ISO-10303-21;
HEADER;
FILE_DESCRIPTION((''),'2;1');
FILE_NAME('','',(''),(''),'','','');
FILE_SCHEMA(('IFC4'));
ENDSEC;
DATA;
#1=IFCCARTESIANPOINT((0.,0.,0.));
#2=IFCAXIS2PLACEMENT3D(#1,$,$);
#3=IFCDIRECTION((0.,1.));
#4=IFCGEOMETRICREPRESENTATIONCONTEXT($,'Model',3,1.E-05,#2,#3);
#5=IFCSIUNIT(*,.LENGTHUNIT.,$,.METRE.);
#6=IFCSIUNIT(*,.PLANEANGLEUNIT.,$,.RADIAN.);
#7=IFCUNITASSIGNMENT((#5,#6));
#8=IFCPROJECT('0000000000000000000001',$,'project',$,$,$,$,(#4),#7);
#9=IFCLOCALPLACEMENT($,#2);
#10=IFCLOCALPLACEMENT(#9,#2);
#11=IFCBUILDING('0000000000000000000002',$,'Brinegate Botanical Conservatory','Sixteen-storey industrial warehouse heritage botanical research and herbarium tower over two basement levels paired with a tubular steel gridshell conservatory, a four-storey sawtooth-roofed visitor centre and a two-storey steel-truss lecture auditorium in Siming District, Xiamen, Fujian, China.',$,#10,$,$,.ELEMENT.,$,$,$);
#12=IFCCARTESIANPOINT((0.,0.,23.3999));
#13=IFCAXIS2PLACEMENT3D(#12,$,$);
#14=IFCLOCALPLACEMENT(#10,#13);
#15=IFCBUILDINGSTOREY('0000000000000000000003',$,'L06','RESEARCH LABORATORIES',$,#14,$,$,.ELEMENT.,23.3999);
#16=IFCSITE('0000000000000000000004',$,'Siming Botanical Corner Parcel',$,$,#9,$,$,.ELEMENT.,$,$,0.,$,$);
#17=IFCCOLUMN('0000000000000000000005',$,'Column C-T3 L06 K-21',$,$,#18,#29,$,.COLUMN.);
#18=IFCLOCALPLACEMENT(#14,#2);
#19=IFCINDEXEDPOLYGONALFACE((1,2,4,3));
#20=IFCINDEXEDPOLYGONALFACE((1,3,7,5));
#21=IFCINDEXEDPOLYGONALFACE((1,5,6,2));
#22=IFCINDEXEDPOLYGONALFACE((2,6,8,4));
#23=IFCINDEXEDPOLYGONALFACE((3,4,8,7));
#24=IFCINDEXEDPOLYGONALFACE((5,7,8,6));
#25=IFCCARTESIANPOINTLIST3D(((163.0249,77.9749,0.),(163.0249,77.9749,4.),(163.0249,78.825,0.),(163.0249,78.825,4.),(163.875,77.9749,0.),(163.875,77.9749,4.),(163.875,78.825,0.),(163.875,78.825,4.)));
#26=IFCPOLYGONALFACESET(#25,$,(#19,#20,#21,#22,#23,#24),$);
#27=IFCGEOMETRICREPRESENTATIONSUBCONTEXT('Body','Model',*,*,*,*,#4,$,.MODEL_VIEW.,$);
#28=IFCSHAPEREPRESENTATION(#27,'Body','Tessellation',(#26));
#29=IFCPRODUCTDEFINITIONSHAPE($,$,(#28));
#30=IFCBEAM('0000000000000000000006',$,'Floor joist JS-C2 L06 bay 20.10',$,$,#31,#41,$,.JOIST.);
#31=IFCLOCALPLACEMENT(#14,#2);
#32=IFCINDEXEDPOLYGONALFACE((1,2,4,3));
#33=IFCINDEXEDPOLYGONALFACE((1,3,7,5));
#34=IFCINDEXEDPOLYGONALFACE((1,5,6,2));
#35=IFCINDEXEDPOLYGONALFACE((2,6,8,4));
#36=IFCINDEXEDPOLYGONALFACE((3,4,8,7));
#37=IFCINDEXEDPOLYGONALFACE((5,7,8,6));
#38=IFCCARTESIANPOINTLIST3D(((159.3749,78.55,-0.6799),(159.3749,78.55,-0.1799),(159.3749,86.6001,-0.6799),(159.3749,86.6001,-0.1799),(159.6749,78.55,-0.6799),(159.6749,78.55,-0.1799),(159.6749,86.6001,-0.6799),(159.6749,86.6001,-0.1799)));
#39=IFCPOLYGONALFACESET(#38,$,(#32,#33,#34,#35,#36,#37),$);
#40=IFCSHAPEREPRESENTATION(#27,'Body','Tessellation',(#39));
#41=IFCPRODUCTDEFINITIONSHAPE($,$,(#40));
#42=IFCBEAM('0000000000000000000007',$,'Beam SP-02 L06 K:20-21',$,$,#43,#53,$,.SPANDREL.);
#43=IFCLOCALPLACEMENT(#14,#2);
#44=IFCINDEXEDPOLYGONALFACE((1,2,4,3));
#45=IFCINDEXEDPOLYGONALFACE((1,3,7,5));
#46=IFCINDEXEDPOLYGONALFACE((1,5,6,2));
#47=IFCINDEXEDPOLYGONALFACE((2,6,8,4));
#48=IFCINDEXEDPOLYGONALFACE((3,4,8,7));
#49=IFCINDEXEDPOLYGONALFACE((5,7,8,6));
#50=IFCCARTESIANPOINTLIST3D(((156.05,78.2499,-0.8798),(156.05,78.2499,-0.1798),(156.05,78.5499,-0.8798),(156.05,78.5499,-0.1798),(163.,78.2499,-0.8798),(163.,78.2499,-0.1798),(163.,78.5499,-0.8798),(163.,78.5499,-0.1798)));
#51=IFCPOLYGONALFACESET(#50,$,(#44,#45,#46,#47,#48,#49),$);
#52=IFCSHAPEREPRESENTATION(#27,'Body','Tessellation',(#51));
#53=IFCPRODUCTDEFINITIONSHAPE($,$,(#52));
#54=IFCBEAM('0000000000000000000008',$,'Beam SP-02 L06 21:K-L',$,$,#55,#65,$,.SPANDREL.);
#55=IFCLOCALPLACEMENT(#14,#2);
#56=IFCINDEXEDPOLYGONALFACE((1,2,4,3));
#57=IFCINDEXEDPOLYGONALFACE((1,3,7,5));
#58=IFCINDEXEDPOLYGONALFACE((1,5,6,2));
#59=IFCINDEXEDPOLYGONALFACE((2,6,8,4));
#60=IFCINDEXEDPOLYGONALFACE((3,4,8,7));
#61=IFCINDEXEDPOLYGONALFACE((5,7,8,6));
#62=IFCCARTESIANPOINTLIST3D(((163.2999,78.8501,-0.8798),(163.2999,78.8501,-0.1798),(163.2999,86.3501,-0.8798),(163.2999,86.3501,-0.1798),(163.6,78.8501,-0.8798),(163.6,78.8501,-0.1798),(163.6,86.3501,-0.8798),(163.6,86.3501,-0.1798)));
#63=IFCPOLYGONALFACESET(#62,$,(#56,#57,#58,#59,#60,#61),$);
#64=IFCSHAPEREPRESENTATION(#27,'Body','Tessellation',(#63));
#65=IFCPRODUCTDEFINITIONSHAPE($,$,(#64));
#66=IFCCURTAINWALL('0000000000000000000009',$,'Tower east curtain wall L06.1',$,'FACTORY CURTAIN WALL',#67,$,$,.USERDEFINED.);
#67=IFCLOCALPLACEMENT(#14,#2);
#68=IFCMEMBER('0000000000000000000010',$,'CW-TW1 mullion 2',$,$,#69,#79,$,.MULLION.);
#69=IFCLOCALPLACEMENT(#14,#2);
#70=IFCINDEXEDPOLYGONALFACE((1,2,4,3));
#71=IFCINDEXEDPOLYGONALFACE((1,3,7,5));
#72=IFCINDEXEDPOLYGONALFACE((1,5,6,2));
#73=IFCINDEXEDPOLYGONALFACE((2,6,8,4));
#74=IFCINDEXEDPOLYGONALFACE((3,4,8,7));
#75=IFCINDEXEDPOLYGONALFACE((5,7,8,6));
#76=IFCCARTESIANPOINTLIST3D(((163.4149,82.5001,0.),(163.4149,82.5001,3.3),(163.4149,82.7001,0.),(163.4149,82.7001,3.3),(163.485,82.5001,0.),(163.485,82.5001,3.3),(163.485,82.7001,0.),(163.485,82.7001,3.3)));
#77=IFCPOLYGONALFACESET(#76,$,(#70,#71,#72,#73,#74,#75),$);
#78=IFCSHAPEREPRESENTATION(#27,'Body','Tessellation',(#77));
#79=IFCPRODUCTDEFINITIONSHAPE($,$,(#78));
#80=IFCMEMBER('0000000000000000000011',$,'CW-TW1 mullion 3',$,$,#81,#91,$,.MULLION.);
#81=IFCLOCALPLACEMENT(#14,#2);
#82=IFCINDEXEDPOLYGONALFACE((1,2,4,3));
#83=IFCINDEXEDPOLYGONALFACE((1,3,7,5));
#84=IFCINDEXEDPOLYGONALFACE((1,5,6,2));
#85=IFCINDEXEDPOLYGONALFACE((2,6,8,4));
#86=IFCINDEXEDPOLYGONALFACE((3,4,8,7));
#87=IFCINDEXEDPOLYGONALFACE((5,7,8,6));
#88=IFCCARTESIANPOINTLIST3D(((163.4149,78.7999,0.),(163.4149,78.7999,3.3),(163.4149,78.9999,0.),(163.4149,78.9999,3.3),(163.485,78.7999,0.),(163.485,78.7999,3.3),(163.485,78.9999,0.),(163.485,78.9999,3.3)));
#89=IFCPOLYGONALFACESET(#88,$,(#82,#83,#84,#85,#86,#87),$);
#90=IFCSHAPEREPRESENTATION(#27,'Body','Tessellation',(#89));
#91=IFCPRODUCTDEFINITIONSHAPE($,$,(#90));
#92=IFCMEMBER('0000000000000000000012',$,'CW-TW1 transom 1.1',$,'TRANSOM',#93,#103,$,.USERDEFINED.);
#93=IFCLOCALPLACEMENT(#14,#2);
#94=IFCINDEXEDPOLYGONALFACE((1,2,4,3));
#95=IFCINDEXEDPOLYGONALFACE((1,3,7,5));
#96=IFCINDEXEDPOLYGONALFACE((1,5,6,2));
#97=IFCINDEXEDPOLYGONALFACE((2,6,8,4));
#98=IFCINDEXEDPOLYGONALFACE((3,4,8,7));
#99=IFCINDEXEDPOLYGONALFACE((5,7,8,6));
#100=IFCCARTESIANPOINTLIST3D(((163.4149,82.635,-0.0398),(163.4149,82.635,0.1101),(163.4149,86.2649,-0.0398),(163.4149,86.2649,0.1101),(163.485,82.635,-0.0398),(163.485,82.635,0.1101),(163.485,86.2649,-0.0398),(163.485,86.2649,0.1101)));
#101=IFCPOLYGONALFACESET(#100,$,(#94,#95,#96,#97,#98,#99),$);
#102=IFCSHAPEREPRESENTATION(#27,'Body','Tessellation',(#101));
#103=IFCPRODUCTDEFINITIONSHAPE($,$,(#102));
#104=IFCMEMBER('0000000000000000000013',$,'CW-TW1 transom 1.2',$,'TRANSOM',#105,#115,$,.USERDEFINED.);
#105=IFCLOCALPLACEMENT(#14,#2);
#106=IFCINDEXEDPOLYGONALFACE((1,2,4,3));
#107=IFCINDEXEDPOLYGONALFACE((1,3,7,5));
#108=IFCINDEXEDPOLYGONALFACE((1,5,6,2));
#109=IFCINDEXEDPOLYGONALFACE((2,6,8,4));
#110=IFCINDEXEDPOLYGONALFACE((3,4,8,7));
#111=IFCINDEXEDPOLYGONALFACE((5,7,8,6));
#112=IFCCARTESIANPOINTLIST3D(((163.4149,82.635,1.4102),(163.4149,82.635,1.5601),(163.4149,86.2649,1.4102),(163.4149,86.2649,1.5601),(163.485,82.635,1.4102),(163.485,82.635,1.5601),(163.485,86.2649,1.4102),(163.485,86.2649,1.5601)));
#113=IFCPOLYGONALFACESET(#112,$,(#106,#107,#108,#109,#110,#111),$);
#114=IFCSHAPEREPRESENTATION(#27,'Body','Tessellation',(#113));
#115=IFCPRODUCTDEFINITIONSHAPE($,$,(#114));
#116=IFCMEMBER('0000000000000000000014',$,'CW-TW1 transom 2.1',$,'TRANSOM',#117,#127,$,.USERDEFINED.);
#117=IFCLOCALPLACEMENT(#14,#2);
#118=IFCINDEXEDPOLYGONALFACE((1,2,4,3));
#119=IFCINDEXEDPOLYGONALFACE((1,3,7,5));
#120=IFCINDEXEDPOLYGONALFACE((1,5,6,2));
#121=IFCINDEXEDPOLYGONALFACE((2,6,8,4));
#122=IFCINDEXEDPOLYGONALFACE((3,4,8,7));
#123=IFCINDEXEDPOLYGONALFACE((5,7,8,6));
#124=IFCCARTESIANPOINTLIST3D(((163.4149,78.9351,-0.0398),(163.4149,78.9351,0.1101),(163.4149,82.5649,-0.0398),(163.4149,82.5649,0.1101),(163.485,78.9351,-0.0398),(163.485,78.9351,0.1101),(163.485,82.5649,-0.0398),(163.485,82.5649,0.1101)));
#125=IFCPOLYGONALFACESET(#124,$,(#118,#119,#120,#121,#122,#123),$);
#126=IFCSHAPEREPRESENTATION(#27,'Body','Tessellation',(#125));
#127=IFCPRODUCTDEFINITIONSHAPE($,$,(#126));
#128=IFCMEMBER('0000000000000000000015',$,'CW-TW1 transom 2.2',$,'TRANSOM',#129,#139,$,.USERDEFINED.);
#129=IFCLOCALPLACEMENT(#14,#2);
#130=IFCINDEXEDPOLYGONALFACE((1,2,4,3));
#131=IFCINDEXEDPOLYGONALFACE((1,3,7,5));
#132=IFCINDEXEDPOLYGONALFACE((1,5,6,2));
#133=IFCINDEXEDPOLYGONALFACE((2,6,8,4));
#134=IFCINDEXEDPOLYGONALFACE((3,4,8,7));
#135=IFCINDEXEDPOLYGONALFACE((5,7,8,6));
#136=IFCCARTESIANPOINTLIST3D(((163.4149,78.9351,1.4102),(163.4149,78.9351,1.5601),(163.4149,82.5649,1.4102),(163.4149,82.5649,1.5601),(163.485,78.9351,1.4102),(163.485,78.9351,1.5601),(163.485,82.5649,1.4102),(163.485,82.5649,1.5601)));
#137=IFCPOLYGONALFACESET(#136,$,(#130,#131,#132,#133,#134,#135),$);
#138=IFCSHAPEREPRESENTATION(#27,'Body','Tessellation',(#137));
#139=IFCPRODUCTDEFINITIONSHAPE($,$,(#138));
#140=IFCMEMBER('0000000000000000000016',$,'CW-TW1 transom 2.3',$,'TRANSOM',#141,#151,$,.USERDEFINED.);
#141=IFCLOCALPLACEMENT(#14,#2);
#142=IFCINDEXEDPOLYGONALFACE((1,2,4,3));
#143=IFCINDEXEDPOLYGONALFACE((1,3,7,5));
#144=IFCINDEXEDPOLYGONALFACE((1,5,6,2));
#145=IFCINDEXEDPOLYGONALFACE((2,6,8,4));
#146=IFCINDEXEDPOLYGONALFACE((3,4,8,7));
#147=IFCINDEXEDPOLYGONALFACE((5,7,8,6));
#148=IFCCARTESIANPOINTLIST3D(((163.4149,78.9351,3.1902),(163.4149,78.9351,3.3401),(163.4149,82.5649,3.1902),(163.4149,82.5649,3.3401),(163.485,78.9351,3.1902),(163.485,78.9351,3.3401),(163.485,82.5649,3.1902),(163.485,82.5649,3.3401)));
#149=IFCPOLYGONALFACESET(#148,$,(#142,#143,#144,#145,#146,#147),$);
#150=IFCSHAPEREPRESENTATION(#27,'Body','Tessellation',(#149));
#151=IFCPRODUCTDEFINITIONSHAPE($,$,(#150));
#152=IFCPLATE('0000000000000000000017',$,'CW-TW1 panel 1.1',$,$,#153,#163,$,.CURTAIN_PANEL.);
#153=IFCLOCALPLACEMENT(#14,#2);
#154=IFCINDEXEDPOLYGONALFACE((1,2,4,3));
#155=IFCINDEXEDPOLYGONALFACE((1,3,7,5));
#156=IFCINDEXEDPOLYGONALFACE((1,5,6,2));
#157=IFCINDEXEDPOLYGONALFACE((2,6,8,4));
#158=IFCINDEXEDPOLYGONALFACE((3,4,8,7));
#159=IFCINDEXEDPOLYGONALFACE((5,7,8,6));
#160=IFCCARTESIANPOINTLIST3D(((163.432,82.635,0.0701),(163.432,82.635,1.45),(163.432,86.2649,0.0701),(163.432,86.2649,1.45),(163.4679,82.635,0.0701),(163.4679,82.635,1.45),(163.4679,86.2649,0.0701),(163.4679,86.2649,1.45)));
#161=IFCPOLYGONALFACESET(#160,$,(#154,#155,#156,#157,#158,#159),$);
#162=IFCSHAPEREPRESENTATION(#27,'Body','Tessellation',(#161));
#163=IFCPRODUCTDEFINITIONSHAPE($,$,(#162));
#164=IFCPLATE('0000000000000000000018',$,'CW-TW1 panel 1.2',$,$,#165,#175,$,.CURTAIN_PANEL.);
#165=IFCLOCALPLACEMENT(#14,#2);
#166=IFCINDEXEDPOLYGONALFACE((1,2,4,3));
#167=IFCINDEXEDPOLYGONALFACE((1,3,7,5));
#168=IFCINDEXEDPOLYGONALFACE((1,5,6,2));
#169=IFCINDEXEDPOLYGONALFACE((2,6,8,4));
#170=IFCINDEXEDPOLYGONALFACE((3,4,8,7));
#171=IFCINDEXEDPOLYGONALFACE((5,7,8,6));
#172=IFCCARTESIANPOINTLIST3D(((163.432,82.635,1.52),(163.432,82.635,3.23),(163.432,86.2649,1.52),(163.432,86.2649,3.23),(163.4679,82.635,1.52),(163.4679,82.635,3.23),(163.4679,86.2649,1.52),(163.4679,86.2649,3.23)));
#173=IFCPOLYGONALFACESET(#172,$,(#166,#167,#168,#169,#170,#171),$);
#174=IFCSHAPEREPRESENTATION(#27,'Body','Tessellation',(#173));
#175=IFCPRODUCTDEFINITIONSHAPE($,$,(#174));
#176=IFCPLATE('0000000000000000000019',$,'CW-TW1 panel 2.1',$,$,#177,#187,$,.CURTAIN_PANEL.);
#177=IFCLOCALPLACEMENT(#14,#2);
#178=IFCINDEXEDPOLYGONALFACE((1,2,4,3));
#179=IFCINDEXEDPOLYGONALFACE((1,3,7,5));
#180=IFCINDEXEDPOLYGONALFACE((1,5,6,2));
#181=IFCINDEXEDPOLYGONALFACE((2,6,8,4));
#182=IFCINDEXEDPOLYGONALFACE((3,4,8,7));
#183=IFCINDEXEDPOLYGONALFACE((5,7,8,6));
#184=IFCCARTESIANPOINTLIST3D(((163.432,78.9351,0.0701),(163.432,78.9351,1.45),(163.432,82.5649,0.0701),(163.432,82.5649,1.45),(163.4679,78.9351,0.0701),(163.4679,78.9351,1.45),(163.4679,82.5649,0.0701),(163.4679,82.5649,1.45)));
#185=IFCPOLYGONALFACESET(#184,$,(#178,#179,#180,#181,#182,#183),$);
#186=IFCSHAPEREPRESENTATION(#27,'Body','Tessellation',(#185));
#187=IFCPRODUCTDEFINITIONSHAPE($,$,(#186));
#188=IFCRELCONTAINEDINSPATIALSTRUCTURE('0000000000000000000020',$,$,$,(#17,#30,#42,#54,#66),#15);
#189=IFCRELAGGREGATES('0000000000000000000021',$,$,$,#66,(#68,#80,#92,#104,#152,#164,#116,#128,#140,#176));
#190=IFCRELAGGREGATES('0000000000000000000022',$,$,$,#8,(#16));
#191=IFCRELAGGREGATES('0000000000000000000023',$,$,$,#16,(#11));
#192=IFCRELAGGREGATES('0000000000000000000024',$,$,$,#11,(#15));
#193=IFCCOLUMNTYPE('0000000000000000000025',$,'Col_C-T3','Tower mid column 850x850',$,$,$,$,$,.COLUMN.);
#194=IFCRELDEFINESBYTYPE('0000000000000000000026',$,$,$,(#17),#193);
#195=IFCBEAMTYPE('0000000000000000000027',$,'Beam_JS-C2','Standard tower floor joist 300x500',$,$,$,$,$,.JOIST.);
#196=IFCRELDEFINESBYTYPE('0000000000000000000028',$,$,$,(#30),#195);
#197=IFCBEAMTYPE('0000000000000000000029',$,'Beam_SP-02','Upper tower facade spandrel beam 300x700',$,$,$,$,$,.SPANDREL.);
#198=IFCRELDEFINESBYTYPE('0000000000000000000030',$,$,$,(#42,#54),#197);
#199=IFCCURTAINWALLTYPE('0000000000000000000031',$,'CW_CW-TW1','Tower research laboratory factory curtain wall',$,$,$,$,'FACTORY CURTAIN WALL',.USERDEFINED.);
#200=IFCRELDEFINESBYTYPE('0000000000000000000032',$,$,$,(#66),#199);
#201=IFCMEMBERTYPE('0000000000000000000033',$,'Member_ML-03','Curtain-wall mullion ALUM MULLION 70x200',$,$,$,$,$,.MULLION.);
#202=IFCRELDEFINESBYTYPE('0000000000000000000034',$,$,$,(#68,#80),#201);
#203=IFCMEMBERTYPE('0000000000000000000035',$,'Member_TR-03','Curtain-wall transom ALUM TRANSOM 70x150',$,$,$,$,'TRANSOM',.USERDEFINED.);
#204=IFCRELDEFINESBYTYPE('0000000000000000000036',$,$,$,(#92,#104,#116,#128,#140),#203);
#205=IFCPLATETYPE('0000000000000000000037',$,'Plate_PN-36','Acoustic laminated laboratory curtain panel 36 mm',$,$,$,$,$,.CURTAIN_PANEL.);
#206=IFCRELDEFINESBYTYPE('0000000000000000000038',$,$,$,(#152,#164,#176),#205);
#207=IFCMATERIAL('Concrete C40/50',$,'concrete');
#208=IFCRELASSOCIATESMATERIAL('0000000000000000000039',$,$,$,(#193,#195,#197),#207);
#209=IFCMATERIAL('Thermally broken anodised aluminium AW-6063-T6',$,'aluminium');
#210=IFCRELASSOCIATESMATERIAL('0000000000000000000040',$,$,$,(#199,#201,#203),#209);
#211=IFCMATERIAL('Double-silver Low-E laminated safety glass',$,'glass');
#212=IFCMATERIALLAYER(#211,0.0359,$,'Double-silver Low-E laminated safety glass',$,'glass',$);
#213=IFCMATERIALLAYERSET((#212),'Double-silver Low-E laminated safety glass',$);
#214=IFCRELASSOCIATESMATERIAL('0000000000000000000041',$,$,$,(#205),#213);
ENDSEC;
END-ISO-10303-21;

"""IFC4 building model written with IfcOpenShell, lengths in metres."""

from ifc_helpers import new_model, si_unit, direction, frame, origin, origin_2d, place, context, subcontext, project, spatial, rectangle, extrude, material, layer, layer_set, material_profile, profile_set, type_object, element, aggregate, save


model = new_model("IFC4")

# Units and contexts
model_context = context("Model", 3, precision=1e-05, world=origin(), true_north=direction((0.0, 1.0)))
body_context = subcontext(model_context, "Body", "Model", "MODEL_VIEW")
ifc_project = project(units=[si_unit("LENGTHUNIT", "METRE"), si_unit("PLANEANGLEUNIT", "RADIAN")], contexts=[model_context])

# Site, building, storey
site_placement = place(None, origin())
site = spatial("IfcSite", under=ifc_project, at=site_placement, Name="Siming Botanical Corner Parcel", CompositionType="ELEMENT", RefElevation=0.0)
building_placement = place(site_placement, origin())
building = spatial("IfcBuilding", under=site, at=building_placement, Name="Brinegate Botanical Conservatory", Description="Sixteen-storey industrial warehouse heritage botanical research and herbarium tower over two basement levels paired with a tubular steel gridshell conservatory, a four-storey sawtooth-roofed visitor centre and a two-storey steel-truss lecture auditorium in Siming District, Xiamen, Fujian, China.", CompositionType="ELEMENT")
storey_placement = place(building_placement, frame((0.0, 0.0, 23.3999)))
storey = spatial("IfcBuildingStorey", under=building, at=storey_placement, Name="L06", Description="RESEARCH LABORATORIES", CompositionType="ELEMENT", Elevation=23.3999)

# Column
ifc_material_1 = material(Name="Concrete C40/50", Category="concrete")
ifc_material_profile_1 = material_profile(ifc_material_1, rectangle(XDim=0.8501, YDim=0.8501, at=origin_2d()), Name="RC COL 850x850")
ifc_profile_set_1 = profile_set([ifc_material_profile_1], Name="Concrete C40/50")
column_type = type_object("IfcColumnType", Name="Col_C-T3", Description="Tower mid column 850x850", PredefinedType="COLUMN", material=ifc_profile_set_1)
column_placement = place(storey_placement, frame((163.45, 78.3999, 0.0), z_axis=(0.0, 0.0, 1.0), x_axis=(1.0, 0.0, 0.0)))
element("IfcColumn", 1, at=column_placement, inside=storey, type_object=column_type, Name="Column C-T3 L06 K-21", PredefinedType="COLUMN", context=body_context, shape_type="SweptSolid", body=[
    extrude(rectangle(XDim=0.8501, YDim=0.8501, at=origin_2d()), origin(), (0.0, 0.0, 1.0), 4.0),
])

# Beams
ifc_material_profile_2 = material_profile(ifc_material_1, rectangle(XDim=0.3, YDim=0.5, at=origin_2d()), Name="RC JST 300x500")
ifc_profile_set_2 = profile_set([ifc_material_profile_2], Name="Concrete C40/50")
beam_type_1 = type_object("IfcBeamType", Name="Beam_JS-C2", Description="Standard tower floor joist 300x500", PredefinedType="JOIST", material=ifc_profile_set_2)
beam_1_placement = place(storey_placement, frame((159.5249, 78.55, -0.4299), z_axis=(0.0, 1.0, 0.0), x_axis=(-1.0, 0.0, 0.0)))
element("IfcBeam", 2, at=beam_1_placement, inside=storey, type_object=beam_type_1, Name="Floor joist JS-C2 L06 bay 20.10", PredefinedType="JOIST", context=body_context, shape_type="SweptSolid", body=[
    extrude(rectangle(XDim=0.3, YDim=0.5, at=origin_2d()), origin(), (0.0, 0.0, 1.0), 8.05),
])
ifc_material_profile_3 = material_profile(ifc_material_1, rectangle(XDim=0.3, YDim=0.7, at=origin_2d()), Name="RC SPN 300x700")
ifc_profile_set_3 = profile_set([ifc_material_profile_3], Name="Concrete C40/50")
beam_type_2 = type_object("IfcBeamType", Name="Beam_SP-02", Description="Upper tower facade spandrel beam 300x700", PredefinedType="SPANDREL", material=ifc_profile_set_3)
beam_2_placement = place(storey_placement, frame((156.05, 78.3999, -0.5298), z_axis=(1.0, 0.0, 0.0), x_axis=(0.0, 1.0, 0.0)))
element("IfcBeam", 3, at=beam_2_placement, inside=storey, type_object=beam_type_2, Name="Beam SP-02 L06 K:20-21", PredefinedType="SPANDREL", context=body_context, shape_type="SweptSolid", body=[
    extrude(rectangle(XDim=0.3, YDim=0.7, at=origin_2d()), origin(), (0.0, 0.0, 1.0), 6.95),
])
beam_3_placement = place(storey_placement, frame((163.45, 78.8501, -0.5298), z_axis=(0.0, 1.0, 0.0), x_axis=(-1.0, 0.0, 0.0)))
element("IfcBeam", 4, at=beam_3_placement, inside=storey, type_object=beam_type_2, Name="Beam SP-02 L06 21:K-L", PredefinedType="SPANDREL", context=body_context, shape_type="SweptSolid", body=[
    extrude(rectangle(XDim=0.3, YDim=0.7, at=origin_2d()), origin(), (0.0, 0.0, 1.0), 7.5),
])

# Curtain wall, members, plates
ifc_material_2 = material(Name="Thermally broken anodised aluminium AW-6063-T6", Category="aluminium")
curtain_wall_type = type_object("IfcCurtainWallType", Name="CW_CW-TW1", Description="Tower research laboratory factory curtain wall", ElementType="FACTORY CURTAIN WALL", PredefinedType="USERDEFINED", material=ifc_material_2)
curtain_wall_placement = place(storey_placement, origin())
curtain_wall = element("IfcCurtainWall", 5, at=curtain_wall_placement, inside=storey, type_object=curtain_wall_type, Name="Tower east curtain wall L06.1", ObjectType="FACTORY CURTAIN WALL", PredefinedType="USERDEFINED")
ifc_material_profile_4 = material_profile(ifc_material_2, rectangle(XDim=0.0701, YDim=0.2, at=origin_2d()), Name="ALUM MULLION 70x200")
ifc_profile_set_4 = profile_set([ifc_material_profile_4], Name="Thermally broken anodised aluminium AW-6063-T6")
member_type_1 = type_object("IfcMemberType", Name="Member_ML-03", Description="Curtain-wall mullion ALUM MULLION 70x200", PredefinedType="MULLION", material=ifc_profile_set_4)
member_1_placement = place(storey_placement, frame((163.45, 82.6001, 0.0), z_axis=(0.0, 0.0, 1.0), x_axis=(1.0, 0.0, 0.0)))
member_1 = element("IfcMember", 6, at=member_1_placement, type_object=member_type_1, Name="CW-TW1 mullion 2", PredefinedType="MULLION", context=body_context, shape_type="SweptSolid", body=[
    extrude(rectangle(XDim=0.0701, YDim=0.2, at=origin_2d()), origin(), (0.0, 0.0, 1.0), 3.3),
])
member_2_placement = place(storey_placement, frame((163.45, 78.8999, 0.0), z_axis=(0.0, 0.0, 1.0), x_axis=(1.0, 0.0, 0.0)))
member_2 = element("IfcMember", 7, at=member_2_placement, type_object=member_type_1, Name="CW-TW1 mullion 3", PredefinedType="MULLION", context=body_context, shape_type="SweptSolid", body=[
    extrude(rectangle(XDim=0.0701, YDim=0.2, at=origin_2d()), origin(), (0.0, 0.0, 1.0), 3.3),
])
ifc_material_profile_5 = material_profile(ifc_material_2, rectangle(XDim=0.0701, YDim=0.1499, at=origin_2d()), Name="ALUM TRANSOM 70x150")
ifc_profile_set_5 = profile_set([ifc_material_profile_5], Name="Thermally broken anodised aluminium AW-6063-T6")
member_type_2 = type_object("IfcMemberType", Name="Member_TR-03", Description="Curtain-wall transom ALUM TRANSOM 70x150", ElementType="TRANSOM", PredefinedType="USERDEFINED", material=ifc_profile_set_5)
member_3_placement = place(storey_placement, frame((163.45, 86.2649, 0.0352), z_axis=(0.0, -1.0, 0.0), x_axis=(1.0, 0.0, 0.0)))
member_3 = element("IfcMember", 8, at=member_3_placement, type_object=member_type_2, Name="CW-TW1 transom 1.1", ObjectType="TRANSOM", PredefinedType="USERDEFINED", context=body_context, shape_type="SweptSolid", body=[
    extrude(rectangle(XDim=0.0701, YDim=0.1499, at=origin_2d()), origin(), (0.0, 0.0, 1.0), 3.6299),
])
member_4_placement = place(storey_placement, frame((163.45, 86.2649, 1.4851), z_axis=(0.0, -1.0, 0.0), x_axis=(1.0, 0.0, 0.0)))
member_4 = element("IfcMember", 9, at=member_4_placement, type_object=member_type_2, Name="CW-TW1 transom 1.2", ObjectType="TRANSOM", PredefinedType="USERDEFINED", context=body_context, shape_type="SweptSolid", body=[
    extrude(rectangle(XDim=0.0701, YDim=0.1499, at=origin_2d()), origin(), (0.0, 0.0, 1.0), 3.6299),
])
member_5_placement = place(storey_placement, frame((163.45, 82.5649, 0.0352), z_axis=(0.0, -1.0, 0.0), x_axis=(1.0, 0.0, 0.0)))
member_5 = element("IfcMember", 10, at=member_5_placement, type_object=member_type_2, Name="CW-TW1 transom 2.1", ObjectType="TRANSOM", PredefinedType="USERDEFINED", context=body_context, shape_type="SweptSolid", body=[
    extrude(rectangle(XDim=0.0701, YDim=0.1499, at=origin_2d()), origin(), (0.0, 0.0, 1.0), 3.6299),
])
member_6_placement = place(storey_placement, frame((163.45, 82.5649, 1.4851), z_axis=(0.0, -1.0, 0.0), x_axis=(1.0, 0.0, 0.0)))
member_6 = element("IfcMember", 11, at=member_6_placement, type_object=member_type_2, Name="CW-TW1 transom 2.2", ObjectType="TRANSOM", PredefinedType="USERDEFINED", context=body_context, shape_type="SweptSolid", body=[
    extrude(rectangle(XDim=0.0701, YDim=0.1499, at=origin_2d()), origin(), (0.0, 0.0, 1.0), 3.6299),
])
member_7_placement = place(storey_placement, frame((163.45, 82.5649, 3.2651), z_axis=(0.0, -1.0, 0.0), x_axis=(1.0, 0.0, 0.0)))
member_7 = element("IfcMember", 12, at=member_7_placement, type_object=member_type_2, Name="CW-TW1 transom 2.3", ObjectType="TRANSOM", PredefinedType="USERDEFINED", context=body_context, shape_type="SweptSolid", body=[
    extrude(rectangle(XDim=0.0701, YDim=0.1499, at=origin_2d()), origin(), (0.0, 0.0, 1.0), 3.6299),
])
ifc_material_3 = material(Name="Double-silver Low-E laminated safety glass", Category="glass")
ifc_layer_1 = layer(ifc_material_3, 0.0359, Name="Double-silver Low-E laminated safety glass", Category="glass")
ifc_layer_set_1 = layer_set([ifc_layer_1], Name="Double-silver Low-E laminated safety glass")
plate_type = type_object("IfcPlateType", Name="Plate_PN-36", Description="Acoustic laminated laboratory curtain panel 36 mm", PredefinedType="CURTAIN_PANEL", material=ifc_layer_set_1)
plate_1_placement = place(storey_placement, frame((163.45, 84.45, 0.0701), z_axis=(0.0, 0.0, 1.0), x_axis=(0.0, -1.0, 0.0)))
plate_1 = element("IfcPlate", 13, at=plate_1_placement, type_object=plate_type, Name="CW-TW1 panel 1.1", PredefinedType="CURTAIN_PANEL", context=body_context, shape_type="SweptSolid", body=[
    extrude(rectangle(XDim=3.6299, YDim=0.0359, at=origin_2d()), origin(), (0.0, 0.0, 1.0), 1.3799),
])
plate_2_placement = place(storey_placement, frame((163.45, 84.45, 1.52), z_axis=(0.0, 0.0, 1.0), x_axis=(0.0, -1.0, 0.0)))
plate_2 = element("IfcPlate", 14, at=plate_2_placement, type_object=plate_type, Name="CW-TW1 panel 1.2", PredefinedType="CURTAIN_PANEL", context=body_context, shape_type="SweptSolid", body=[
    extrude(rectangle(XDim=3.6299, YDim=0.0359, at=origin_2d()), origin(), (0.0, 0.0, 1.0), 1.71),
])
plate_3_placement = place(storey_placement, frame((163.45, 80.75, 0.0701), z_axis=(0.0, 0.0, 1.0), x_axis=(0.0, -1.0, 0.0)))
plate_3 = element("IfcPlate", 15, at=plate_3_placement, type_object=plate_type, Name="CW-TW1 panel 2.1", PredefinedType="CURTAIN_PANEL", context=body_context, shape_type="SweptSolid", body=[
    extrude(rectangle(XDim=3.6299, YDim=0.0359, at=origin_2d()), origin(), (0.0, 0.0, 1.0), 1.3799),
])
aggregate(curtain_wall, [member_1, member_2, member_3, member_4, plate_1, plate_2, member_5, member_6, member_7, plate_3])

save(model, "model.ifc")
